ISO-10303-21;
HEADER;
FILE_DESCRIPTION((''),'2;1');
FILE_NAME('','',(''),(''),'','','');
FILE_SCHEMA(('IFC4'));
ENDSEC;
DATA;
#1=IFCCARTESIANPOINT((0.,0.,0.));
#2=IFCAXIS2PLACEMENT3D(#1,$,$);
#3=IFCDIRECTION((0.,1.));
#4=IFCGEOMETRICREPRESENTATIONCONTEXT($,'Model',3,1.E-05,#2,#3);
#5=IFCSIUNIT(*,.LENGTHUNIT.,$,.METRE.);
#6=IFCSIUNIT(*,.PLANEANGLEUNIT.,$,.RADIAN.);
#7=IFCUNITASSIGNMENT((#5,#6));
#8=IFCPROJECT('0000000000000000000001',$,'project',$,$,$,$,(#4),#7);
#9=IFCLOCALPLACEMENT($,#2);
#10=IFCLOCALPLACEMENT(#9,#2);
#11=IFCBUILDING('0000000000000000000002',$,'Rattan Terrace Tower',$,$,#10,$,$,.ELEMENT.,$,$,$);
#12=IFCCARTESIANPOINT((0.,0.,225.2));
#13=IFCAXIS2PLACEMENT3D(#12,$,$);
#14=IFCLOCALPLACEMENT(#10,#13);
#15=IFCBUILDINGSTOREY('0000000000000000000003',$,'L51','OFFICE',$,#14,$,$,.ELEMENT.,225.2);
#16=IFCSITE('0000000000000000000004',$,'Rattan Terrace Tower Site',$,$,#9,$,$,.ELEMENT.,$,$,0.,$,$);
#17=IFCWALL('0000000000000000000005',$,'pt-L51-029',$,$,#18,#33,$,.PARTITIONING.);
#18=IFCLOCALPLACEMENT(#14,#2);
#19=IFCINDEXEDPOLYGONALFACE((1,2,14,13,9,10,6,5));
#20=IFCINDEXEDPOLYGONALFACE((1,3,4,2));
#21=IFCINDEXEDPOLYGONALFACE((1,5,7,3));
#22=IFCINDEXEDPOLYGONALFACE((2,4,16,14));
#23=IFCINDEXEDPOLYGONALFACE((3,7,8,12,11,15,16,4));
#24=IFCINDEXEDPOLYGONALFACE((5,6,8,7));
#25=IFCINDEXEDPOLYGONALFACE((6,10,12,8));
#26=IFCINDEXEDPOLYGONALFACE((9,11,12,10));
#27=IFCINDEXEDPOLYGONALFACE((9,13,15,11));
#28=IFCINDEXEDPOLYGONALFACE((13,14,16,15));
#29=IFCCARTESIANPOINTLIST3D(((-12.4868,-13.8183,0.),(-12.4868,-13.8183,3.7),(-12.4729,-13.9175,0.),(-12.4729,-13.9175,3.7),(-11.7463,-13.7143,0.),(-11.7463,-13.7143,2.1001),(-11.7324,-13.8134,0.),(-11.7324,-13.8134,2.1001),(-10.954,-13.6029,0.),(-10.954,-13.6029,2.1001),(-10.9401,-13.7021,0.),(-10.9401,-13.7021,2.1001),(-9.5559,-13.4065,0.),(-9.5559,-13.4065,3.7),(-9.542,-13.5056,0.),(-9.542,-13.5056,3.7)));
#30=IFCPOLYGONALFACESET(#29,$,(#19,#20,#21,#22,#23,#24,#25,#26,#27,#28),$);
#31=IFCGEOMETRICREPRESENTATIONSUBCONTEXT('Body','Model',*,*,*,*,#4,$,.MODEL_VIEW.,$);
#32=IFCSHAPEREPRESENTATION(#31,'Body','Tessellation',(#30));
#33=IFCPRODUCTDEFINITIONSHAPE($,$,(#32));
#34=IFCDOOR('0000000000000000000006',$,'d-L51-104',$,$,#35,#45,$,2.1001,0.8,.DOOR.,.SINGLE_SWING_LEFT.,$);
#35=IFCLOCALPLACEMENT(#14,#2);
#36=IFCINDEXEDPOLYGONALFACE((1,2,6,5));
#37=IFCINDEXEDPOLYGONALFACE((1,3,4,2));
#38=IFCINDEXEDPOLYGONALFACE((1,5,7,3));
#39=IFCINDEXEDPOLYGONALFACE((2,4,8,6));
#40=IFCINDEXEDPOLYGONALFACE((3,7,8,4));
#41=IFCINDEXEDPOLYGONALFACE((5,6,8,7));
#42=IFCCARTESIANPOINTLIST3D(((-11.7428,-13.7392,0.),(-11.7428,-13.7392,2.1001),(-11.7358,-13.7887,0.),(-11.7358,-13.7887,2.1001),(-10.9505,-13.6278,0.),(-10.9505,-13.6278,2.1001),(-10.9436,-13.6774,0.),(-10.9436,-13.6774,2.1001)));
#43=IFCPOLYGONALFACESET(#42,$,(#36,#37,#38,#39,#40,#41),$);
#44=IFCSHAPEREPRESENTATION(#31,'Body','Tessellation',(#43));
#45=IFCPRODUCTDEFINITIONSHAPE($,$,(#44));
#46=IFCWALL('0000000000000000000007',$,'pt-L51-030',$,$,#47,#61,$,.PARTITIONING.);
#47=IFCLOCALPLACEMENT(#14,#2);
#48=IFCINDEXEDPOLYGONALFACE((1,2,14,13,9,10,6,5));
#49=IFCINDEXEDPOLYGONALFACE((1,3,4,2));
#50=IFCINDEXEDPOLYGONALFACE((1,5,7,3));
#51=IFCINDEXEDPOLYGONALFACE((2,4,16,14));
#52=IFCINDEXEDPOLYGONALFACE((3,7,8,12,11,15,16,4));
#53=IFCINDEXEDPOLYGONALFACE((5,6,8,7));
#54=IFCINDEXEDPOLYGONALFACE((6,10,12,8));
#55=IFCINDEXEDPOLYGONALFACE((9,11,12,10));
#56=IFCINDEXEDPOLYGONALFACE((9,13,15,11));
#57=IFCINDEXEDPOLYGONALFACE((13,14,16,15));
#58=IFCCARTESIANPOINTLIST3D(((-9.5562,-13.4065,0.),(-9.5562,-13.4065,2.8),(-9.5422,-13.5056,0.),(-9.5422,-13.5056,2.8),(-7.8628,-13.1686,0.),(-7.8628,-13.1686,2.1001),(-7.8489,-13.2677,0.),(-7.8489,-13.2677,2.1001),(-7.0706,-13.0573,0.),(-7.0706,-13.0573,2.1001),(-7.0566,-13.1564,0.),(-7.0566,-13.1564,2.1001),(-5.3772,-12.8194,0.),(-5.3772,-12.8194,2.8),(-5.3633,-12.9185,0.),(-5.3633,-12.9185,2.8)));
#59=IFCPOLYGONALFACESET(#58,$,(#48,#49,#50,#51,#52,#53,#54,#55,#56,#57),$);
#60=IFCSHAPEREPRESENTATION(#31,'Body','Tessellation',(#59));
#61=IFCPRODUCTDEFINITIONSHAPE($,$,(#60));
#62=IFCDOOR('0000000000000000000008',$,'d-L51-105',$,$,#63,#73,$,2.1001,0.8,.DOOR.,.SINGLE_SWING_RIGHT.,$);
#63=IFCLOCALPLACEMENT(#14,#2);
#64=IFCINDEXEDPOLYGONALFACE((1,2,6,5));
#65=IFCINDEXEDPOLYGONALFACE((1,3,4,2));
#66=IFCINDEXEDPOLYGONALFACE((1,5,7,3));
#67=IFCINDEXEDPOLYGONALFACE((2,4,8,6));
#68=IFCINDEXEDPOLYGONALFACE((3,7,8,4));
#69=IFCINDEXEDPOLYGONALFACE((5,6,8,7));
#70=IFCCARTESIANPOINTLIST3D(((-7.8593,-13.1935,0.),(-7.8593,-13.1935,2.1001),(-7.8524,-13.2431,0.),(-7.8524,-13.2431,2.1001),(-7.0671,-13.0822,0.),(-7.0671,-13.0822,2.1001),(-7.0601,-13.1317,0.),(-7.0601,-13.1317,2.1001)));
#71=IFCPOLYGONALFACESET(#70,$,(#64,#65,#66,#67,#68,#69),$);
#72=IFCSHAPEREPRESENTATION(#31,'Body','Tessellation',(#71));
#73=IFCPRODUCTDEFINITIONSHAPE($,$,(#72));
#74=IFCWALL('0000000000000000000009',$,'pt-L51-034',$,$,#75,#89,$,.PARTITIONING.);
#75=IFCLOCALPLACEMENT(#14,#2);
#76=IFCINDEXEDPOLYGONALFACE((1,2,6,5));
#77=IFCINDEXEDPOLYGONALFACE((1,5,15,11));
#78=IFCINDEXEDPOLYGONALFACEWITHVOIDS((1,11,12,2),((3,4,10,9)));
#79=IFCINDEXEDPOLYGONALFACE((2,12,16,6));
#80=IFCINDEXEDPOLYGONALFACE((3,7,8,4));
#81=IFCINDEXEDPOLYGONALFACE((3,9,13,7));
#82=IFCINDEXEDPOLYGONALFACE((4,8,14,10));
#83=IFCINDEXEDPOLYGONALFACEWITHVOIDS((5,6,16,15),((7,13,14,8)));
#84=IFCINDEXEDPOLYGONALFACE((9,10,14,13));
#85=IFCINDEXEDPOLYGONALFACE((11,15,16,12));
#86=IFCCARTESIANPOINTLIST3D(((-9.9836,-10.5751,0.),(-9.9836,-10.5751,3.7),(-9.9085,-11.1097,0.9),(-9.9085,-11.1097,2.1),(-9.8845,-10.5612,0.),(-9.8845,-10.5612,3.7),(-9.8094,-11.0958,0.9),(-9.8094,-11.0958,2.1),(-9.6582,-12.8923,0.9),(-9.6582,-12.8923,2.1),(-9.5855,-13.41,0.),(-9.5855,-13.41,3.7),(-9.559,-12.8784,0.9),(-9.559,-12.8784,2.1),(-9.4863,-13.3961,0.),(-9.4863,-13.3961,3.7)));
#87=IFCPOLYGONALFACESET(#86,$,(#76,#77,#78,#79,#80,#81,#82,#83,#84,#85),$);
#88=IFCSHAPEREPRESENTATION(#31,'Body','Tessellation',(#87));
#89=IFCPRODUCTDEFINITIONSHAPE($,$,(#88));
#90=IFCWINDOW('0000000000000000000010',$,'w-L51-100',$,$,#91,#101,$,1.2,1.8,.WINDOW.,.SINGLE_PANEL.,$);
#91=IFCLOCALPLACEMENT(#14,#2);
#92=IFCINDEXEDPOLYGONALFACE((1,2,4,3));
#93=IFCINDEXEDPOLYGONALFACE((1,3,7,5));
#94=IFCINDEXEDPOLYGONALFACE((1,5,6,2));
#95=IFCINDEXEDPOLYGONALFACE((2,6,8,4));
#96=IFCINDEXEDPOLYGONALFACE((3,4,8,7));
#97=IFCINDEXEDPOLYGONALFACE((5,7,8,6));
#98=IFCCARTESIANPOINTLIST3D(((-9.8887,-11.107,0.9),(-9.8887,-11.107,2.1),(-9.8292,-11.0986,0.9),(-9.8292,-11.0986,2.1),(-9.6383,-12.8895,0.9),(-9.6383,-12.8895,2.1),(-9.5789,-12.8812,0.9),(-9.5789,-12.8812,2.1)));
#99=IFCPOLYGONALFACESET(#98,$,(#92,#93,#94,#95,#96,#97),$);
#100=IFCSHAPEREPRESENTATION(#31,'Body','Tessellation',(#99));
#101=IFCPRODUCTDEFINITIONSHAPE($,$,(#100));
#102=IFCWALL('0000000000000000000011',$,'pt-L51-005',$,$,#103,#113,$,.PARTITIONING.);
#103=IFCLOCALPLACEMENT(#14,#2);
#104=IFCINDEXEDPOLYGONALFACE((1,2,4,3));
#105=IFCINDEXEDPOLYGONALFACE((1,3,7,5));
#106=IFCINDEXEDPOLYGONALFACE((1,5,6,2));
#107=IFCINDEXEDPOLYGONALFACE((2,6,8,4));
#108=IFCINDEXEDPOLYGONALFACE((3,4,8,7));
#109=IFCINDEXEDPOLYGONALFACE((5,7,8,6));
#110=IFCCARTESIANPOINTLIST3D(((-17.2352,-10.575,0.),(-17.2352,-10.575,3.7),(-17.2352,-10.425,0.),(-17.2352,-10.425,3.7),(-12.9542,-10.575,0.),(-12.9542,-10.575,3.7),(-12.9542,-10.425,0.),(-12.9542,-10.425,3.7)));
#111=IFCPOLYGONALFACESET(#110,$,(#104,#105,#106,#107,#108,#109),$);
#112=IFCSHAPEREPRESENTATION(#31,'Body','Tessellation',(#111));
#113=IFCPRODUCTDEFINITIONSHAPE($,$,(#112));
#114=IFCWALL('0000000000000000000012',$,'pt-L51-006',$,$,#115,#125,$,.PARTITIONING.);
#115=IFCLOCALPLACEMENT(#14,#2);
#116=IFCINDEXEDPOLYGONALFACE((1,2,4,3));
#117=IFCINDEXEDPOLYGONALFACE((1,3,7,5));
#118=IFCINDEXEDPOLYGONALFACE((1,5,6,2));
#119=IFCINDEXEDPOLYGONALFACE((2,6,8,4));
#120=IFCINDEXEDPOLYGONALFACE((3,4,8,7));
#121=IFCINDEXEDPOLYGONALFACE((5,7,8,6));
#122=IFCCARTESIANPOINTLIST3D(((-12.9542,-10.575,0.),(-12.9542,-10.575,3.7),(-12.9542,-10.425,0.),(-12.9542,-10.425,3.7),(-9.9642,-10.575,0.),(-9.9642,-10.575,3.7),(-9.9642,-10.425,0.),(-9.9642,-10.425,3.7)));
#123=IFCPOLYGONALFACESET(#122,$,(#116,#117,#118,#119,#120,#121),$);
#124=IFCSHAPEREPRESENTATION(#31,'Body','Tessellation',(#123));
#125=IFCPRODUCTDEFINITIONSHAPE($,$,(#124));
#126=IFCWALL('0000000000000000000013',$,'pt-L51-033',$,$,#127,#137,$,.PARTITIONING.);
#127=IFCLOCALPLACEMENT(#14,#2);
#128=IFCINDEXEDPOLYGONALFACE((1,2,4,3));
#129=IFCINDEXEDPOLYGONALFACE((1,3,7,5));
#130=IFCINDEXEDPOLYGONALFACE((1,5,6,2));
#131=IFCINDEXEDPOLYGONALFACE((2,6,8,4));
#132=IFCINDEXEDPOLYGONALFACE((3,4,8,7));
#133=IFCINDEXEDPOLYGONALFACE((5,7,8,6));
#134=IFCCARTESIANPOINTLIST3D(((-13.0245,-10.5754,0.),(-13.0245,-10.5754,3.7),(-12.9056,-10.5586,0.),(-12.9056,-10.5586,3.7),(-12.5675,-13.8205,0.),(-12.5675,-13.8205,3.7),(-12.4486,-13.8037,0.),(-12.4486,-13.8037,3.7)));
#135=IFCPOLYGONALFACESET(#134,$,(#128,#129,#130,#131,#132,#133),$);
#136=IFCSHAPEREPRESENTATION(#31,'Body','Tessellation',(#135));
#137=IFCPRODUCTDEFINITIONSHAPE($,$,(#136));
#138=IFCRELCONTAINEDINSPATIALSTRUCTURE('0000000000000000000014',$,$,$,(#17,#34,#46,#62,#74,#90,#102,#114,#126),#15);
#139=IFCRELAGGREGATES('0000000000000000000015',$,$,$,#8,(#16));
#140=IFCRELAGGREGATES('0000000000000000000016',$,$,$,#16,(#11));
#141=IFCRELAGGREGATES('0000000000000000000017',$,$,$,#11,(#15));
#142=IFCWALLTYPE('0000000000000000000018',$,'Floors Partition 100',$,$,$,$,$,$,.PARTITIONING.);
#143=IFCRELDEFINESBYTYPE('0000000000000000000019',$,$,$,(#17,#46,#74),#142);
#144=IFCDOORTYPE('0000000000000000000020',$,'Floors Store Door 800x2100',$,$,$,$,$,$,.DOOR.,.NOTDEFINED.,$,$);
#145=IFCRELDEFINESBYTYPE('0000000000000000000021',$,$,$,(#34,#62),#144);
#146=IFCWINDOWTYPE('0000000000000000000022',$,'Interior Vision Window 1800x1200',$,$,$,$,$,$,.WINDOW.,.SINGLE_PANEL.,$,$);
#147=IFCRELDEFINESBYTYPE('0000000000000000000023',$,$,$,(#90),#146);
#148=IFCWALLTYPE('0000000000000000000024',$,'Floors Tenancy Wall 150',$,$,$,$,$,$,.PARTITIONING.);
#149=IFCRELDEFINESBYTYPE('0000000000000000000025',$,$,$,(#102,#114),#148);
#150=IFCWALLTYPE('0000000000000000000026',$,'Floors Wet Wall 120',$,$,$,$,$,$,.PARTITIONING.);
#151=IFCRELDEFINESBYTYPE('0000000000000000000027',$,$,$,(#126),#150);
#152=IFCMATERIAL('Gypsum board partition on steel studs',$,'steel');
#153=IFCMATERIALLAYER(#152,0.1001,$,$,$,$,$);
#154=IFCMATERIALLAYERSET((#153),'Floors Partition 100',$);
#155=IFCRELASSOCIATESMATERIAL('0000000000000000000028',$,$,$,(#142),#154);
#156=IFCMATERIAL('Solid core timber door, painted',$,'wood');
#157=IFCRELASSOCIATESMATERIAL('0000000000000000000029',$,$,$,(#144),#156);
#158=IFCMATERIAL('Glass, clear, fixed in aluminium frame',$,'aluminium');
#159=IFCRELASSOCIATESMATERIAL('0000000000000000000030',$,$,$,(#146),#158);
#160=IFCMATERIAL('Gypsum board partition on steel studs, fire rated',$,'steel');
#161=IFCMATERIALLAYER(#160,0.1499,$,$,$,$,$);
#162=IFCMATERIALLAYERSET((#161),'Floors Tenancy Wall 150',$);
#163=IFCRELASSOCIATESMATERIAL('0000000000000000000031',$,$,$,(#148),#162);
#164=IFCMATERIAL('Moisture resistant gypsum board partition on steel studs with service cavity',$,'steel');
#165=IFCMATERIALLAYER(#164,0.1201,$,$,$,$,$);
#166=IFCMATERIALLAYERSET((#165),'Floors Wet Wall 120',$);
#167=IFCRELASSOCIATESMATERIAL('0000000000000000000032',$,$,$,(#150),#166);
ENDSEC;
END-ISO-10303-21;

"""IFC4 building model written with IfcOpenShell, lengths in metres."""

from ifc_helpers import new_model, si_unit, direction, frame, frame_2d, origin, place, context, subcontext, project, spatial, rectangle, extrude, material, layer, layer_set, type_object, element, fill, save


model = new_model("IFC4")

# Units and contexts
model_context = context("Model", 3, precision=1e-05, world=origin(), true_north=direction((0.0, 1.0)))
body_context = subcontext(model_context, "Body", "Model", "MODEL_VIEW")
ifc_project = project(units=[si_unit("LENGTHUNIT", "METRE"), si_unit("PLANEANGLEUNIT", "RADIAN")], contexts=[model_context])

# Site, building, storey
site_placement = place(None, origin())
site = spatial("IfcSite", under=ifc_project, at=site_placement, Name="Rattan Terrace Tower Site", CompositionType="ELEMENT", RefElevation=0.0)
building_placement = place(site_placement, origin())
building = spatial("IfcBuilding", under=site, at=building_placement, Name="Rattan Terrace Tower", CompositionType="ELEMENT")
storey_placement = place(building_placement, frame((0.0, 0.0, 225.2)))
storey = spatial("IfcBuildingStorey", under=building, at=storey_placement, Name="L51", Description="OFFICE", CompositionType="ELEMENT", Elevation=225.2)

# Walls, openings, doors
ifc_material_1 = material(Name="Gypsum board partition on steel studs", Category="steel")
ifc_layer_1 = layer(ifc_material_1, 0.1001)
ifc_layer_set_1 = layer_set([ifc_layer_1], Name="Floors Partition 100")
wall_type_1 = type_object("IfcWallType", Name="Floors Partition 100", PredefinedType="PARTITIONING", material=ifc_layer_set_1)
wall_1_placement = place(storey_placement, frame((-12.48, -13.8679, 0.0), z_axis=(0.0, 0.0, 1.0), x_axis=(0.99027, 0.139158, 0.0)))
wall_1 = element("IfcWall", 1, at=wall_1_placement, inside=storey, type_object=wall_type_1, Name="pt-L51-029", PredefinedType="PARTITIONING", context=body_context, shape_type="SweptSolid", body=[
    extrude(rectangle(XDim=2.9597, YDim=0.1001, at=frame_2d((1.48, 0.0))), origin(), (0.0, 0.0, 1.0), 3.7),
])
opening_1_placement = place(wall_1_placement, frame((0.748, 0.0, 0.0)))
opening_1 = element("IfcOpeningElement", 2, at=opening_1_placement, cuts=wall_1, PredefinedType="OPENING", context=body_context, shape_type="SweptSolid", body=[
    extrude(rectangle(XDim=0.8, YDim=2.1001, at=frame_2d((0.3999, 1.05))), frame((0.0, 0.0605, 0.0), z_axis=(0.0, -1.0, 0.0), x_axis=(1.0, 0.0, 0.0)), (0.0, 0.0, 1.0), 0.1211),
])
ifc_material_2 = material(Name="Solid core timber door, painted", Category="wood")
door_type_1 = type_object("IfcDoorType", Name="Floors Store Door 800x2100", OperationType="NOTDEFINED", PredefinedType="DOOR", material=ifc_material_2)
door_1_placement = place(opening_1_placement, origin())
door_1 = element("IfcDoor", 3, at=door_1_placement, inside=storey, type_object=door_type_1, Name="d-L51-104", OperationType="SINGLE_SWING_LEFT", OverallHeight=2.1001, OverallWidth=0.8, PredefinedType="DOOR", context=body_context, shape_type="SweptSolid", body=[
    extrude(rectangle(XDim=0.8, YDim=2.1001, at=frame_2d((0.3999, 1.05))), frame((0.0, 0.0249, 0.0), z_axis=(0.0, -1.0, 0.0), x_axis=(1.0, 0.0, 0.0)), (0.0, 0.0, 1.0), 0.05),
])
fill(opening_1, door_1)
wall_2_placement = place(storey_placement, frame((-9.5491, -13.4561, 0.0), z_axis=(0.0, 0.0, 1.0), x_axis=(0.990273, 0.139137, 0.0)))
wall_2 = element("IfcWall", 4, at=wall_2_placement, inside=storey, type_object=wall_type_1, Name="pt-L51-030", PredefinedType="PARTITIONING", context=body_context, shape_type="SweptSolid", body=[
    extrude(rectangle(XDim=4.22, YDim=0.1001, at=frame_2d((2.1099, 0.0))), origin(), (0.0, 0.0, 1.0), 2.8),
])
opening_2_placement = place(wall_2_placement, frame((1.71, 0.0, 0.0)))
opening_2 = element("IfcOpeningElement", 5, at=opening_2_placement, cuts=wall_2, PredefinedType="OPENING", context=body_context, shape_type="SweptSolid", body=[
    extrude(rectangle(XDim=0.8, YDim=2.1001, at=frame_2d((0.3999, 1.05))), frame((0.0, 0.0605, 0.0), z_axis=(0.0, -1.0, 0.0), x_axis=(1.0, 0.0, 0.0)), (0.0, 0.0, 1.0), 0.1211),
])
door_2_placement = place(opening_2_placement, origin())
door_2 = element("IfcDoor", 6, at=door_2_placement, inside=storey, type_object=door_type_1, Name="d-L51-105", OperationType="SINGLE_SWING_RIGHT", OverallHeight=2.1001, OverallWidth=0.8, PredefinedType="DOOR", context=body_context, shape_type="SweptSolid", body=[
    extrude(rectangle(XDim=0.8, YDim=2.1001, at=frame_2d((0.3999, 1.05))), frame((0.0, 0.0249, 0.0), z_axis=(0.0, -1.0, 0.0), x_axis=(1.0, 0.0, 0.0)), (0.0, 0.0, 1.0), 0.05),
])
fill(opening_2, door_2)

# Wall, opening, window
wall_3_placement = place(storey_placement, frame((-9.9341, -10.5681, 0.0), z_axis=(0.0, 0.0, 1.0), x_axis=(0.139093, -0.990279, 0.0)))
wall_3 = element("IfcWall", 7, at=wall_3_placement, inside=storey, type_object=wall_type_1, Name="pt-L51-034", PredefinedType="PARTITIONING", context=body_context, shape_type="SweptSolid", body=[
    extrude(rectangle(XDim=2.8628, YDim=0.1001, at=frame_2d((1.4314, 0.0))), origin(), (0.0, 0.0, 1.0), 3.7),
])
opening_3_placement = place(wall_3_placement, frame((0.54, 0.0, 0.8999)))
opening_3 = element("IfcOpeningElement", 8, at=opening_3_placement, cuts=wall_3, PredefinedType="OPENING", context=body_context, shape_type="SweptSolid", body=[
    extrude(rectangle(XDim=1.8, YDim=1.2, at=frame_2d((0.8999, 0.6001))), frame((0.0, 0.0605, 0.0), z_axis=(0.0, -1.0, 0.0), x_axis=(1.0, 0.0, 0.0)), (0.0, 0.0, 1.0), 0.1211),
])
ifc_material_3 = material(Name="Glass, clear, fixed in aluminium frame", Category="aluminium")
window_type = type_object("IfcWindowType", Name="Interior Vision Window 1800x1200", PartitioningType="SINGLE_PANEL", PredefinedType="WINDOW", material=ifc_material_3)
window_placement = place(opening_3_placement, origin())
window = element("IfcWindow", 9, at=window_placement, inside=storey, type_object=window_type, Name="w-L51-100", OverallHeight=1.2, OverallWidth=1.8, PartitioningType="SINGLE_PANEL", PredefinedType="WINDOW", context=body_context, shape_type="SweptSolid", body=[
    extrude(rectangle(XDim=1.8, YDim=1.2, at=frame_2d((0.8999, 0.6001))), frame((0.0, 0.03, 0.0), z_axis=(0.0, -1.0, 0.0), x_axis=(1.0, 0.0, 0.0)), (0.0, 0.0, 1.0), 0.0601),
])
fill(opening_3, window)

# Walls
ifc_material_4 = material(Name="Gypsum board partition on steel studs, fire rated", Category="steel")
ifc_layer_2 = layer(ifc_material_4, 0.1499)
ifc_layer_set_2 = layer_set([ifc_layer_2], Name="Floors Tenancy Wall 150")
wall_type_2 = type_object("IfcWallType", Name="Floors Tenancy Wall 150", PredefinedType="PARTITIONING", material=ifc_layer_set_2)
wall_4_placement = place(storey_placement, frame((-12.9541, -10.5, 0.0), z_axis=(0.0, 0.0, 1.0), x_axis=(-1.0, 0.0, 0.0)))
element("IfcWall", 10, at=wall_4_placement, inside=storey, type_object=wall_type_2, Name="pt-L51-005", PredefinedType="PARTITIONING", context=body_context, shape_type="SweptSolid", body=[
    extrude(rectangle(XDim=4.281, YDim=0.1499, at=frame_2d((2.1406, 0.0))), origin(), (0.0, 0.0, 1.0), 3.7),
])
wall_5_placement = place(storey_placement, frame((-9.9641, -10.5, 0.0), z_axis=(0.0, 0.0, 1.0), x_axis=(-1.0, 0.0, 0.0)))
element("IfcWall", 11, at=wall_5_placement, inside=storey, type_object=wall_type_2, Name="pt-L51-006", PredefinedType="PARTITIONING", context=body_context, shape_type="SweptSolid", body=[
    extrude(rectangle(XDim=2.99, YDim=0.1499, at=frame_2d((1.4951, 0.0))), origin(), (0.0, 0.0, 1.0), 3.7),
])
ifc_material_5 = material(Name="Moisture resistant gypsum board partition on steel studs with service cavity", Category="steel")
ifc_layer_3 = layer(ifc_material_5, 0.1201)
ifc_layer_set_3 = layer_set([ifc_layer_3], Name="Floors Wet Wall 120")
wall_type_3 = type_object("IfcWallType", Name="Floors Wet Wall 120", PredefinedType="PARTITIONING", material=ifc_layer_set_3)
wall_6_placement = place(storey_placement, frame((-12.9651, -10.5669, 0.0), z_axis=(0.0, 0.0, 1.0), x_axis=(0.13946, -0.990228, 0.0)))
element("IfcWall", 12, at=wall_6_placement, inside=storey, type_object=wall_type_3, Name="pt-L51-033", PredefinedType="PARTITIONING", context=body_context, shape_type="SweptSolid", body=[
    extrude(rectangle(XDim=3.2771, YDim=0.1201, at=frame_2d((1.6387, 0.0))), origin(), (0.0, 0.0, 1.0), 3.7),
])

save(model, "model.ifc")
